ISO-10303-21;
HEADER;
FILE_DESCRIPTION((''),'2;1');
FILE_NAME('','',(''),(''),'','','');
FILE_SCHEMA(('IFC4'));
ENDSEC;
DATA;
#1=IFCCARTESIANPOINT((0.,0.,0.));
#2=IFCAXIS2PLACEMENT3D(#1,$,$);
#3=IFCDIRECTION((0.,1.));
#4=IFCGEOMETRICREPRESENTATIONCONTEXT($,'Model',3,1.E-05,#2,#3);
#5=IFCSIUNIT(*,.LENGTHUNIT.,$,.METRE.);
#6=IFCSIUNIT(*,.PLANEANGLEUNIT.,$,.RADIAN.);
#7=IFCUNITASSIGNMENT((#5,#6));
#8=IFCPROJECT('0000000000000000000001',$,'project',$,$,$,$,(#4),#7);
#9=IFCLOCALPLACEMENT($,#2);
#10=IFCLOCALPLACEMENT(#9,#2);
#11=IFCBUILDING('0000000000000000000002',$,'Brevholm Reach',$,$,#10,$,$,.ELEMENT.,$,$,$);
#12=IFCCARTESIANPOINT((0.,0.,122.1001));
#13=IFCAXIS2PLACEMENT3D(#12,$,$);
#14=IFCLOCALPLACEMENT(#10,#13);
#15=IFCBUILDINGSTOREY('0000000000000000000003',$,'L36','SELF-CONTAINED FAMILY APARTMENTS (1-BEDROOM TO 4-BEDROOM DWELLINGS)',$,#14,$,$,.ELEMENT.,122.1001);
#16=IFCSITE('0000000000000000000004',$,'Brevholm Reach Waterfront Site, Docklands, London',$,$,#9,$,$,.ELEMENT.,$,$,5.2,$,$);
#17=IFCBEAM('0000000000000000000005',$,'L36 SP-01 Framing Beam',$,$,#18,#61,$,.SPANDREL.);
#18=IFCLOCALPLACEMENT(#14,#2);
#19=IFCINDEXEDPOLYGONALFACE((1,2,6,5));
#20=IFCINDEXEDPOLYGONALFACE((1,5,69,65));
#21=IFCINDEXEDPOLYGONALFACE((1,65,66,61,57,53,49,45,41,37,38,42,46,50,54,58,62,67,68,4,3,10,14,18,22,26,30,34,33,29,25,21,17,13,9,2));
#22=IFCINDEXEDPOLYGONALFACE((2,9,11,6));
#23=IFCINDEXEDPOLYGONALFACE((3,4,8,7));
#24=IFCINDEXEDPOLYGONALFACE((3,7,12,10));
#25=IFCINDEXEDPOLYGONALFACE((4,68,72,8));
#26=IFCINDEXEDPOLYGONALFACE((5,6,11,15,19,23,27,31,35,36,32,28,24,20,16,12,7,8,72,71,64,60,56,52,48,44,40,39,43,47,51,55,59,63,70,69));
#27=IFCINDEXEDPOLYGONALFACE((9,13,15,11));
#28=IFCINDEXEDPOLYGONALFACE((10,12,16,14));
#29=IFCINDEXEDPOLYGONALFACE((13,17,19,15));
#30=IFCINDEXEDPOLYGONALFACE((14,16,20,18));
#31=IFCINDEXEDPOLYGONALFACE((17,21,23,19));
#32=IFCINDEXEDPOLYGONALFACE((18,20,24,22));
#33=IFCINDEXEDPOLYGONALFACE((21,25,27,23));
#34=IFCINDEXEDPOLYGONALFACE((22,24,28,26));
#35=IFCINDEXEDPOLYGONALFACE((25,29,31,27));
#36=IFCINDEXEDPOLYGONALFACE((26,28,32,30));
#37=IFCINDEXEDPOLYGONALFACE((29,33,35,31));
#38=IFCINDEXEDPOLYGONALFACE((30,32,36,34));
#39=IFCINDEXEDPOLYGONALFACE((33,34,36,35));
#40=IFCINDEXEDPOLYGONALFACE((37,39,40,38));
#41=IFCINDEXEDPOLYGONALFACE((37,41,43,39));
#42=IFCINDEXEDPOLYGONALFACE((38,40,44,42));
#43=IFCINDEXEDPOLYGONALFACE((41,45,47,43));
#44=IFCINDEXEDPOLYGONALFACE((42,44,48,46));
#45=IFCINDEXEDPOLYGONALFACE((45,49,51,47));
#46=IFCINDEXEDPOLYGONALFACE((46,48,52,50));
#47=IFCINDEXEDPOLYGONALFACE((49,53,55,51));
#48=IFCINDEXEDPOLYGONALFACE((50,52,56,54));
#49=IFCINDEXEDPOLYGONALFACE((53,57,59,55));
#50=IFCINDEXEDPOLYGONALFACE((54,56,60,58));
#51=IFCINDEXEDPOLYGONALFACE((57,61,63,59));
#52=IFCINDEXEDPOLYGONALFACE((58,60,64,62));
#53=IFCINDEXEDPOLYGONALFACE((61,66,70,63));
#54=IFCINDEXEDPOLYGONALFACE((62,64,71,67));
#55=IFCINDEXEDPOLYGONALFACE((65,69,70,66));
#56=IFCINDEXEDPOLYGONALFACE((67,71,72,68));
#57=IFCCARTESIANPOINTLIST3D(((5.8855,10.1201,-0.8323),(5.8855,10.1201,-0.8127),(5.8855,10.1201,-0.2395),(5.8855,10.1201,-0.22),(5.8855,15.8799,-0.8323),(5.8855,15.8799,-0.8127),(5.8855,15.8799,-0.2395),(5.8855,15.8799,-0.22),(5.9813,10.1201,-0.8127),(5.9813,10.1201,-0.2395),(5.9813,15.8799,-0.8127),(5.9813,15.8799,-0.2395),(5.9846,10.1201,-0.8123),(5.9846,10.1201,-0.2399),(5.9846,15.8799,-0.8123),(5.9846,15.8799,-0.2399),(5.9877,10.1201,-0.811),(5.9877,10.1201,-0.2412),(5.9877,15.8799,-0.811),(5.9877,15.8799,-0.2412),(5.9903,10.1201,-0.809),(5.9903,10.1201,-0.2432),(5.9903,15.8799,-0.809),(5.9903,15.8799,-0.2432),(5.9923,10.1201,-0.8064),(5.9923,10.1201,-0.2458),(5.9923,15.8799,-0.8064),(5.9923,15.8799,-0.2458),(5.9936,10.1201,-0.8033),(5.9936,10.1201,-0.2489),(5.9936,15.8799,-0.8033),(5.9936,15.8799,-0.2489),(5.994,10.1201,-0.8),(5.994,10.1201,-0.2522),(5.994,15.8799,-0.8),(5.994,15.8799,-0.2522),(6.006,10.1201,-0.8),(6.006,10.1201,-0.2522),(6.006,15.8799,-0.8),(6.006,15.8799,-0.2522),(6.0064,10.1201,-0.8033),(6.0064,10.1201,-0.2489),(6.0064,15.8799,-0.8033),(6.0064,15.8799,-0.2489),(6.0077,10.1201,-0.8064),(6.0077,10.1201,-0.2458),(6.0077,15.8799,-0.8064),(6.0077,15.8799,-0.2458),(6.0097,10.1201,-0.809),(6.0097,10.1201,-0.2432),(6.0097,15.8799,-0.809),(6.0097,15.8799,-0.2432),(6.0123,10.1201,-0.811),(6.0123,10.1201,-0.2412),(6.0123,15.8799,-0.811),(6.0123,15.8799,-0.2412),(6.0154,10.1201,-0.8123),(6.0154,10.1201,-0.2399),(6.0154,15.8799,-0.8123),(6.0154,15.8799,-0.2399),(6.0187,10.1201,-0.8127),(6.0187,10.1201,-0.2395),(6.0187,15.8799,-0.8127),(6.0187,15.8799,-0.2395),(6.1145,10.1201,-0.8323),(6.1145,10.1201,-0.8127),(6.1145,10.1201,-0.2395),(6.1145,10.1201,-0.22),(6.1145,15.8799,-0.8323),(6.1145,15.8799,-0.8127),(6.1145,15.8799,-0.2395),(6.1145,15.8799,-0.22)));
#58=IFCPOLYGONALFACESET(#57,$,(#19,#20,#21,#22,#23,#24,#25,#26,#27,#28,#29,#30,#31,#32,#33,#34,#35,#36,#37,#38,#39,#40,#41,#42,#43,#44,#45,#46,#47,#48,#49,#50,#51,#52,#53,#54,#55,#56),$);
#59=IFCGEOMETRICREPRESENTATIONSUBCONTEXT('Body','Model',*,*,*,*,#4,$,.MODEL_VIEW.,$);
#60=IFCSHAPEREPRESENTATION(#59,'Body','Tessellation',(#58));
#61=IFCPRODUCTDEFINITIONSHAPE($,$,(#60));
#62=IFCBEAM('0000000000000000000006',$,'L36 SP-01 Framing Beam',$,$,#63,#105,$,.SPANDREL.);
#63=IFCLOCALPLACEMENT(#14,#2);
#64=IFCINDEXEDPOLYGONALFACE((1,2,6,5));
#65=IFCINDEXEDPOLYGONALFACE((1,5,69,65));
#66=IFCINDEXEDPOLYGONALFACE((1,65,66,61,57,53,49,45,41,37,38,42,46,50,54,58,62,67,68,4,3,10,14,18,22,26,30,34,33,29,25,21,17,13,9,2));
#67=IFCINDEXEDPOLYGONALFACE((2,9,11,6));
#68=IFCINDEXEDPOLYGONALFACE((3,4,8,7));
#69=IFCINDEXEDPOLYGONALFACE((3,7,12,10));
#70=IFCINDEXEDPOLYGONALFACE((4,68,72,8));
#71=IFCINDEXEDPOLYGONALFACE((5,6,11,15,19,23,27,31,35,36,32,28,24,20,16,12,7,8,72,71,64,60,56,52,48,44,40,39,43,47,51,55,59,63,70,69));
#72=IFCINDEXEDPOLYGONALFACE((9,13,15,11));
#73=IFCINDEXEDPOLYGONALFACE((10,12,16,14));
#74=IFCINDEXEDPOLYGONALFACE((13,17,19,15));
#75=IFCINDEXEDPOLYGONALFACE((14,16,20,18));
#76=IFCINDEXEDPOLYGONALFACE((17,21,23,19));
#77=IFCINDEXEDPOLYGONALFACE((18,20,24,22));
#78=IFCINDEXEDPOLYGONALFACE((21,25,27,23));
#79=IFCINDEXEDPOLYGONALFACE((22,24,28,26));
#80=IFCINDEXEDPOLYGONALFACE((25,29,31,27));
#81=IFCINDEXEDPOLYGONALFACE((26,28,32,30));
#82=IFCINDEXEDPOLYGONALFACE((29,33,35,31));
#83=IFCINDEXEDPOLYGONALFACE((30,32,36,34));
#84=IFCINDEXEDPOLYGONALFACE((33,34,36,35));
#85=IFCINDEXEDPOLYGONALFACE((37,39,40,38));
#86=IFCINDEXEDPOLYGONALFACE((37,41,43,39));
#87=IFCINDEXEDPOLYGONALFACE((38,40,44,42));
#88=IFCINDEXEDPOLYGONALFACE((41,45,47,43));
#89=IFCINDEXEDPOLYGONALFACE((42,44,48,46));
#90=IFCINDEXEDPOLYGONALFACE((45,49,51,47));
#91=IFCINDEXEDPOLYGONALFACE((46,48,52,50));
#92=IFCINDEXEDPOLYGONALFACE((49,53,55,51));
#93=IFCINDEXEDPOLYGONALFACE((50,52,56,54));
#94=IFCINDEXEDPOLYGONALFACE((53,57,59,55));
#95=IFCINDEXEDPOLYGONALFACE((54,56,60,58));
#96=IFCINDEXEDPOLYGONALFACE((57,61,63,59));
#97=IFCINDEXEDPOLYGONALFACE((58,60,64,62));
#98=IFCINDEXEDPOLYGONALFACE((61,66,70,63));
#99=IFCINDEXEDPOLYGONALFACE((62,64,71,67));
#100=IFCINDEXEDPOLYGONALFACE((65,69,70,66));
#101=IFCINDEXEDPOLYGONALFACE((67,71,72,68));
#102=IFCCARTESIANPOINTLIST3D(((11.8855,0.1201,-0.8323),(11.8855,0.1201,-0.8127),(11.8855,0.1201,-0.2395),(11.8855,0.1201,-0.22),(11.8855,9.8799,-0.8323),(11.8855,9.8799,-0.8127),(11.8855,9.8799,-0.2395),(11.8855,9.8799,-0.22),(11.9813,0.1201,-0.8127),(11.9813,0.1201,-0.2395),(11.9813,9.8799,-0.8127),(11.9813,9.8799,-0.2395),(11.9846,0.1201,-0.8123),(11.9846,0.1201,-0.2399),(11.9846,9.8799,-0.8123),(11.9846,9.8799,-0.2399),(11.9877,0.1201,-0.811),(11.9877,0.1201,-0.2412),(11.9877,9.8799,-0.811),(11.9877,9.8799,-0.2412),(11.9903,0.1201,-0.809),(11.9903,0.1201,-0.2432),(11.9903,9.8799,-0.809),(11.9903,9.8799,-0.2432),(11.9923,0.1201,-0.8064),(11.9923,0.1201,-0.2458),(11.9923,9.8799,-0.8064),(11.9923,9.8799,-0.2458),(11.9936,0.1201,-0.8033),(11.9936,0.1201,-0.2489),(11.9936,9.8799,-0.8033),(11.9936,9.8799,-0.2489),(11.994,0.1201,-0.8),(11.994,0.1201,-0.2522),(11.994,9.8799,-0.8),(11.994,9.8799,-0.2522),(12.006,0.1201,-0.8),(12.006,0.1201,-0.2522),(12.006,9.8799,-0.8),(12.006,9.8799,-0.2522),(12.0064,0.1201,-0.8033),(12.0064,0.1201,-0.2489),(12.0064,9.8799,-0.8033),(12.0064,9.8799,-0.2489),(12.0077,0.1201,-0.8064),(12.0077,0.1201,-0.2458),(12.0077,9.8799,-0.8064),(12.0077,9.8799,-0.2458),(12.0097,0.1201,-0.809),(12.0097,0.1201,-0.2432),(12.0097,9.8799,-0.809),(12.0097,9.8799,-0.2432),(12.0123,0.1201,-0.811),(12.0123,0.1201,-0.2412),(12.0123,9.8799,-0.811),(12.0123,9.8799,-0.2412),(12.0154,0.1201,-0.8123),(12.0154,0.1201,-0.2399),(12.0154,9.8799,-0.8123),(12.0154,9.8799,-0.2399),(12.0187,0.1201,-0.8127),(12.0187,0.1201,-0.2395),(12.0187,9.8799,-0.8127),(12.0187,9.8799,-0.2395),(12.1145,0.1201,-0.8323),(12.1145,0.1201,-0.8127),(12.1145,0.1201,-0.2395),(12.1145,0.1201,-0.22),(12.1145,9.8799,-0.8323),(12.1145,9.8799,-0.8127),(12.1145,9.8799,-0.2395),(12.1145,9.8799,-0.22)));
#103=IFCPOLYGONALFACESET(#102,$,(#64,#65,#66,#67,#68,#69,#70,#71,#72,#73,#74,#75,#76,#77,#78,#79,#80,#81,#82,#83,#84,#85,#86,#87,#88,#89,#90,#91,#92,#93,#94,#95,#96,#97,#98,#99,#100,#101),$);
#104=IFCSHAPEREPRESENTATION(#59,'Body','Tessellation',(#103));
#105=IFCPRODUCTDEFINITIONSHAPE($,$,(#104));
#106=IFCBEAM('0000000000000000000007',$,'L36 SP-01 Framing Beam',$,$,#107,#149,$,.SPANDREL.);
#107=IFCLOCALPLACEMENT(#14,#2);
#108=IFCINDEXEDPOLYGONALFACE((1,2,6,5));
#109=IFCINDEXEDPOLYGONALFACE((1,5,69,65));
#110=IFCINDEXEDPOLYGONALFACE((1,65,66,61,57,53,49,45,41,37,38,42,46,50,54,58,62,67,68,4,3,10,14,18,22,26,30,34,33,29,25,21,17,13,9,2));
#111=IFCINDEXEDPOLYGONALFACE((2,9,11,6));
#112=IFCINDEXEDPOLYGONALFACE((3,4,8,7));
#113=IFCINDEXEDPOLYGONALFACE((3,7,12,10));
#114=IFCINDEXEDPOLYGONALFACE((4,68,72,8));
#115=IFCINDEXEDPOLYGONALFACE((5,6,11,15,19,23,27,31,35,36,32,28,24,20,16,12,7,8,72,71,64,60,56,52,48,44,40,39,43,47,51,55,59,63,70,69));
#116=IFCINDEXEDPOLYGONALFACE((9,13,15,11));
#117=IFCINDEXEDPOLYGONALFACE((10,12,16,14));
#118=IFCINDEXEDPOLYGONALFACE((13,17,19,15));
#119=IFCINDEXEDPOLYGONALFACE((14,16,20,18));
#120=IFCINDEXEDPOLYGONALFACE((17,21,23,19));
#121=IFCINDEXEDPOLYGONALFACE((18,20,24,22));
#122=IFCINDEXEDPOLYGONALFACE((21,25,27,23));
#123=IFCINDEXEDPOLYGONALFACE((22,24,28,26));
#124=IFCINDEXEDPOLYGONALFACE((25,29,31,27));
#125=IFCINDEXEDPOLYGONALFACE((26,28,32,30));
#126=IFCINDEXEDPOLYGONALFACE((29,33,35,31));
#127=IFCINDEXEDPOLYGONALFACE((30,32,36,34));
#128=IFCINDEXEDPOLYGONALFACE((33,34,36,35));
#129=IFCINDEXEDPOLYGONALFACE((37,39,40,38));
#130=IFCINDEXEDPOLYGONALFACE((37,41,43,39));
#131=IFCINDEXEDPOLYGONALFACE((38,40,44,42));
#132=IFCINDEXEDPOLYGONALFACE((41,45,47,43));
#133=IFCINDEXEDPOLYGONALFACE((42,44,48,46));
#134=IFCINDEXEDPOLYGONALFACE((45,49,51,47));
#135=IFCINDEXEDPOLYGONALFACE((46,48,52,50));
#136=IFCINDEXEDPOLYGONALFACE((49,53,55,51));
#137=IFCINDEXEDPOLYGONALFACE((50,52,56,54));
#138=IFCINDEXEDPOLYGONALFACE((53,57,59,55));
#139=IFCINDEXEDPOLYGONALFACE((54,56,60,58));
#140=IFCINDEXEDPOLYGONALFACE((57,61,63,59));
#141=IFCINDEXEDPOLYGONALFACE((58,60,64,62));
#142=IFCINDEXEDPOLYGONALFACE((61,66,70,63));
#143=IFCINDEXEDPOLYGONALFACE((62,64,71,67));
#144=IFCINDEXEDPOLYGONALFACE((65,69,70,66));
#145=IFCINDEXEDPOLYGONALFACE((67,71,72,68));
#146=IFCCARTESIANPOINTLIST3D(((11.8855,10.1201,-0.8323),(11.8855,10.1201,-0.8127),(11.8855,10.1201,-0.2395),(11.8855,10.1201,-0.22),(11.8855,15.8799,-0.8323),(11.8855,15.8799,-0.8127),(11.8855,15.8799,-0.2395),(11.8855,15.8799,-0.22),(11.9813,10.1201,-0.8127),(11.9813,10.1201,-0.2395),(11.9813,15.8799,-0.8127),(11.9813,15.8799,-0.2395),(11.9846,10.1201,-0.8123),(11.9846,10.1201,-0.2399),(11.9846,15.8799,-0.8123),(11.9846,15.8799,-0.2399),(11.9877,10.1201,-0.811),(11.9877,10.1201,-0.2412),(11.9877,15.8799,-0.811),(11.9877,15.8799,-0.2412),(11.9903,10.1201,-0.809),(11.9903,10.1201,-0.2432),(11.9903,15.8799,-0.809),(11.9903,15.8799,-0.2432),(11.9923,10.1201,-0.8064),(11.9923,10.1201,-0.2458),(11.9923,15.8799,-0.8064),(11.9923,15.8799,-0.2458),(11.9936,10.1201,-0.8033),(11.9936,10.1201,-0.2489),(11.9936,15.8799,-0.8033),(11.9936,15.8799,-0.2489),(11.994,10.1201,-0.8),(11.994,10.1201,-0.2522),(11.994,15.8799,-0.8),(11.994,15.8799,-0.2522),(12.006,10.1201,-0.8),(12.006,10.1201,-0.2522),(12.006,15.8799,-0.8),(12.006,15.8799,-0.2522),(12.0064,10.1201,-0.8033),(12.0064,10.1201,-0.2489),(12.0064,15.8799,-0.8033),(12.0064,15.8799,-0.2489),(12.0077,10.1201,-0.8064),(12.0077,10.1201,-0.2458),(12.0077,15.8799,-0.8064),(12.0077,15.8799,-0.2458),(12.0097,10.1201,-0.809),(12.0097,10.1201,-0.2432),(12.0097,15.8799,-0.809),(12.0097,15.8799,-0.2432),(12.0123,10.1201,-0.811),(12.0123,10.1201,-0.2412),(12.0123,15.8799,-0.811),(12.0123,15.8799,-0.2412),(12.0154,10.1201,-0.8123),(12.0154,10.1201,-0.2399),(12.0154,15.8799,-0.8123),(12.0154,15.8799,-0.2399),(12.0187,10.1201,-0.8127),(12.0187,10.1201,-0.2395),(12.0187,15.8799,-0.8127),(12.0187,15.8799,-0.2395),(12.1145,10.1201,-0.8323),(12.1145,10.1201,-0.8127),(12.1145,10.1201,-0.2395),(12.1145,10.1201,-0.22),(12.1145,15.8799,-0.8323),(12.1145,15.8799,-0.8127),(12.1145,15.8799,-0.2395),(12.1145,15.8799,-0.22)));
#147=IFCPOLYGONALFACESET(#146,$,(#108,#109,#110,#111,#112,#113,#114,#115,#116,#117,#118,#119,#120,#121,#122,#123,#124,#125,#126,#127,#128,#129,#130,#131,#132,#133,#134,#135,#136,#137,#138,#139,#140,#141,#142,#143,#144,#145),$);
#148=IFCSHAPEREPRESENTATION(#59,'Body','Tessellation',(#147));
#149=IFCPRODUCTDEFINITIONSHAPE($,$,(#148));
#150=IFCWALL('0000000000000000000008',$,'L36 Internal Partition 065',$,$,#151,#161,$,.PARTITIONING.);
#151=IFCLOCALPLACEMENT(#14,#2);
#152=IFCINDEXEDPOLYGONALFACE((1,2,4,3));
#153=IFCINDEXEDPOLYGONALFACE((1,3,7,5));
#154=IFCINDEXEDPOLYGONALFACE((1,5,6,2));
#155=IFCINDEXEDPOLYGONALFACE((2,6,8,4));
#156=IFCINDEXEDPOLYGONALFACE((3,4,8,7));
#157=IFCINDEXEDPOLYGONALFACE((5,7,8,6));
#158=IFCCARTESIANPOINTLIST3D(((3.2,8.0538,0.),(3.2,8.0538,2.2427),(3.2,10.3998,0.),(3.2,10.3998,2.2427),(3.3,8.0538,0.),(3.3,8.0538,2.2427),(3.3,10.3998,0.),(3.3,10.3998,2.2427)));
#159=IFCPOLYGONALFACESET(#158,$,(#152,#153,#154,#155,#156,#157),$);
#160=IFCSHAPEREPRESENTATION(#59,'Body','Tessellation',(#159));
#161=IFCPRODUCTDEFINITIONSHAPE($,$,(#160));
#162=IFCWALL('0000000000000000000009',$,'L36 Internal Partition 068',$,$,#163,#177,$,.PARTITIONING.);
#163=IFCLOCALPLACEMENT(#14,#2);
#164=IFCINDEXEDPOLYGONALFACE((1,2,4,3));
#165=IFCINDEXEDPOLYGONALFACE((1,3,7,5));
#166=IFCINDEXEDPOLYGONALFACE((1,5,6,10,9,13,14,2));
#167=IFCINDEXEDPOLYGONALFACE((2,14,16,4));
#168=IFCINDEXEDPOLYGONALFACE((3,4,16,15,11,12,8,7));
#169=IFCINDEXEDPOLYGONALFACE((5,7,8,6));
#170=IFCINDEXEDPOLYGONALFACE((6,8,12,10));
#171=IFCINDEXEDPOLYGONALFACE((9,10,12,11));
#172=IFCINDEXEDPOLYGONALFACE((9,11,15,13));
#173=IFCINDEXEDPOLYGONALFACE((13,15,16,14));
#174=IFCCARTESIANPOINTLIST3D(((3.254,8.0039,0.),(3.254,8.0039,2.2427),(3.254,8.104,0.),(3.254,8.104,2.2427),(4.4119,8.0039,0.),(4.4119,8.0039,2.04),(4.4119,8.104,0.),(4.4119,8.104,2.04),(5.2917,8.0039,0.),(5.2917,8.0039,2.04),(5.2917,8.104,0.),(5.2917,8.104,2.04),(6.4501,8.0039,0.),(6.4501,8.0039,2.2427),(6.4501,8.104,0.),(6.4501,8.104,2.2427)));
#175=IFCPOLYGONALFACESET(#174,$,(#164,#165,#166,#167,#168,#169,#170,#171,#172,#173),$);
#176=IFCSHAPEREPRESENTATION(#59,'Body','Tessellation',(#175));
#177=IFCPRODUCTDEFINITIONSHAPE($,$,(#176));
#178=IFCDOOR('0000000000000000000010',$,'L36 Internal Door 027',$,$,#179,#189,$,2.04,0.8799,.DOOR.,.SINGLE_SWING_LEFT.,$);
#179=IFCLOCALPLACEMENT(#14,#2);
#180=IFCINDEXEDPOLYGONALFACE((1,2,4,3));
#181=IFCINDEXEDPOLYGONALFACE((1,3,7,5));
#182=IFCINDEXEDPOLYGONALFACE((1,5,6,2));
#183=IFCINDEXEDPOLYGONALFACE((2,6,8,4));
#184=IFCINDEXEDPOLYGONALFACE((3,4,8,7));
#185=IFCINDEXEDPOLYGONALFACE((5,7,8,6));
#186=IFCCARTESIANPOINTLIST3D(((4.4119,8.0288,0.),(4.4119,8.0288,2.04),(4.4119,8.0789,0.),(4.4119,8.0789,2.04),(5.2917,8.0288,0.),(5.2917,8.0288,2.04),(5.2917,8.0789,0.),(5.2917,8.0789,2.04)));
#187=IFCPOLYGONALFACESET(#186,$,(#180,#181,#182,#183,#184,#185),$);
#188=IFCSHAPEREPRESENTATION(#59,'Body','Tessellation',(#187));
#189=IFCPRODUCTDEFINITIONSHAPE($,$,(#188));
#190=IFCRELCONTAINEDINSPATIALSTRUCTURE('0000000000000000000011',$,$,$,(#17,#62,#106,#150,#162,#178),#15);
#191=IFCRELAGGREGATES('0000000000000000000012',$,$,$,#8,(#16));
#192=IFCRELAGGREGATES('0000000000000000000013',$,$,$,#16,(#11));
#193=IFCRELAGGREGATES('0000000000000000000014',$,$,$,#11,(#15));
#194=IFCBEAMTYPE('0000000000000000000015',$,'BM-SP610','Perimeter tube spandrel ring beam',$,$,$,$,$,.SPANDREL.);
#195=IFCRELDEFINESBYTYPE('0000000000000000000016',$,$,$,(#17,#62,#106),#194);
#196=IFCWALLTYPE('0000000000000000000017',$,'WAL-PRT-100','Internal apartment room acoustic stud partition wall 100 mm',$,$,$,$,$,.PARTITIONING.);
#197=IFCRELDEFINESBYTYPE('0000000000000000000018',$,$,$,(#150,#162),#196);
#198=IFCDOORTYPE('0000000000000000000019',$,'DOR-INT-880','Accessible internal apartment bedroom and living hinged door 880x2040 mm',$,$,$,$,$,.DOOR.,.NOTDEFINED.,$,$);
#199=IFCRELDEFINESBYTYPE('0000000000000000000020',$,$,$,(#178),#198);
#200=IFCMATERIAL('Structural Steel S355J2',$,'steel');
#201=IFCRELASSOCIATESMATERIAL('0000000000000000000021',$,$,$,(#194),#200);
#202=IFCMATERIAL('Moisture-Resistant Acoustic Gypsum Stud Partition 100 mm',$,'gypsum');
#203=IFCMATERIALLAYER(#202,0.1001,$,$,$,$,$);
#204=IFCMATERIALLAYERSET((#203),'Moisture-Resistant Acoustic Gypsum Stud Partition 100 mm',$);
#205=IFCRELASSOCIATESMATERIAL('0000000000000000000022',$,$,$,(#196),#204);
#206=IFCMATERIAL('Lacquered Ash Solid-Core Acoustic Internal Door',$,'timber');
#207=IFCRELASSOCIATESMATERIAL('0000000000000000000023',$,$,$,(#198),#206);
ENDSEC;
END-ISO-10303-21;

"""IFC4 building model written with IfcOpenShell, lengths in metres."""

from ifc_helpers import new_model, si_unit, direction, frame, frame_2d, origin, origin_2d, place, context, subcontext, project, spatial, rectangle, i_section, extrude, material, layer, layer_set, material_profile, profile_set, type_object, element, fill, save


model = new_model("IFC4")

# Units and contexts
model_context = context("Model", 3, precision=1e-05, world=origin(), true_north=direction((0.0, 1.0)))
body_context = subcontext(model_context, "Body", "Model", "MODEL_VIEW")
ifc_project = project(units=[si_unit("LENGTHUNIT", "METRE"), si_unit("PLANEANGLEUNIT", "RADIAN")], contexts=[model_context])

# Site, building, storey
site_placement = place(None, origin())
site = spatial("IfcSite", under=ifc_project, at=site_placement, Name="Brevholm Reach Waterfront Site, Docklands, London", CompositionType="ELEMENT", RefElevation=5.2)
building_placement = place(site_placement, origin())
building = spatial("IfcBuilding", under=site, at=building_placement, Name="Brevholm Reach", CompositionType="ELEMENT")
storey_placement = place(building_placement, frame((0.0, 0.0, 122.1001)))
storey = spatial("IfcBuildingStorey", under=building, at=storey_placement, Name="L36", Description="SELF-CONTAINED FAMILY APARTMENTS (1-BEDROOM TO 4-BEDROOM DWELLINGS)", CompositionType="ELEMENT", Elevation=122.1001)

# Beams
ifc_material_1 = material(Name="Structural Steel S355J2", Category="steel")
ifc_material_profile_1 = material_profile(ifc_material_1, i_section(OverallWidth=0.229, OverallDepth=0.6123, WebThickness=0.012, FlangeThickness=0.0195, FilletRadius=0.0127, at=origin_2d()), Name="UKB 610x229x125")
ifc_profile_set_1 = profile_set([ifc_material_profile_1], Name="Structural Steel S355J2")
beam_type_1 = type_object("IfcBeamType", Name="BM-SP610", Description="Perimeter tube spandrel ring beam", PredefinedType="SPANDREL", material=ifc_profile_set_1)
beam_1_placement = place(storey_placement, frame((6.0, 10.1201, -0.5261), z_axis=(0.0, 1.0, 0.0), x_axis=(-1.0, 0.0, 0.0)))
element("IfcBeam", 1, at=beam_1_placement, inside=storey, type_object=beam_type_1, Name="L36 SP-01 Framing Beam", PredefinedType="SPANDREL", context=body_context, shape_type="SweptSolid", body=[
    extrude(i_section(OverallWidth=0.229, OverallDepth=0.6123, WebThickness=0.012, FlangeThickness=0.0195, FilletRadius=0.0127, at=origin_2d()), origin(), (0.0, 0.0, 1.0), 5.7598),
])
beam_2_placement = place(storey_placement, frame((12.0, 0.1201, -0.5261), z_axis=(0.0, 1.0, 0.0), x_axis=(-1.0, 0.0, 0.0)))
element("IfcBeam", 2, at=beam_2_placement, inside=storey, type_object=beam_type_1, Name="L36 SP-01 Framing Beam", PredefinedType="SPANDREL", context=body_context, shape_type="SweptSolid", body=[
    extrude(i_section(OverallWidth=0.229, OverallDepth=0.6123, WebThickness=0.012, FlangeThickness=0.0195, FilletRadius=0.0127, at=origin_2d()), origin(), (0.0, 0.0, 1.0), 9.7598),
])
beam_3_placement = place(storey_placement, frame((12.0, 10.1201, -0.5261), z_axis=(0.0, 1.0, 0.0), x_axis=(-1.0, 0.0, 0.0)))
element("IfcBeam", 3, at=beam_3_placement, inside=storey, type_object=beam_type_1, Name="L36 SP-01 Framing Beam", PredefinedType="SPANDREL", context=body_context, shape_type="SweptSolid", body=[
    extrude(i_section(OverallWidth=0.229, OverallDepth=0.6123, WebThickness=0.012, FlangeThickness=0.0195, FilletRadius=0.0127, at=origin_2d()), origin(), (0.0, 0.0, 1.0), 5.7598),
])

# Wall
ifc_material_2 = material(Name="Moisture-Resistant Acoustic Gypsum Stud Partition 100 mm", Category="gypsum")
ifc_layer = layer(ifc_material_2, 0.1001)
ifc_layer_set = layer_set([ifc_layer], Name="Moisture-Resistant Acoustic Gypsum Stud Partition 100 mm")
wall_type = type_object("IfcWallType", Name="WAL-PRT-100", Description="Internal apartment room acoustic stud partition wall 100 mm", PredefinedType="PARTITIONING", material=ifc_layer_set)
wall_1_placement = place(storey_placement, frame((3.25, 8.054, 0.0), z_axis=(0.0, 0.0, 1.0), x_axis=(0.0, 1.0, 0.0)))
element("IfcWall", 4, at=wall_1_placement, inside=storey, type_object=wall_type, Name="L36 Internal Partition 065", PredefinedType="PARTITIONING", context=body_context, shape_type="SweptSolid", body=[
    extrude(rectangle(XDim=2.3459, YDim=0.1001, at=frame_2d((1.1729, 0.0))), origin(), (0.0, 0.0, 1.0), 2.2427),
])

# Wall, opening, door
wall_2_placement = place(storey_placement, frame((3.2539, 8.054, 0.0), z_axis=(0.0, 0.0, 1.0), x_axis=(1.0, 0.0, 0.0)))
wall_2 = element("IfcWall", 5, at=wall_2_placement, inside=storey, type_object=wall_type, Name="L36 Internal Partition 068", PredefinedType="PARTITIONING", context=body_context, shape_type="SweptSolid", body=[
    extrude(rectangle(XDim=3.196, YDim=0.1001, at=frame_2d((1.5981, 0.0))), origin(), (0.0, 0.0, 1.0), 2.2427),
])
opening_1_placement = place(wall_2_placement, frame((1.158, 0.0, 0.0)))
opening_1 = element("IfcOpeningElement", 6, at=opening_1_placement, cuts=wall_2, PredefinedType="OPENING", context=body_context, shape_type="SweptSolid", body=[
    extrude(rectangle(XDim=0.8799, YDim=2.04, at=frame_2d((0.4399, 1.02))), frame((0.0, 0.0601, 0.0), z_axis=(0.0, -1.0, 0.0), x_axis=(1.0, 0.0, 0.0)), (0.0, 0.0, 1.0), 0.1201),
])
ifc_material_3 = material(Name="Lacquered Ash Solid-Core Acoustic Internal Door", Category="timber")
door_type = type_object("IfcDoorType", Name="DOR-INT-880", Description="Accessible internal apartment bedroom and living hinged door 880x2040 mm", OperationType="NOTDEFINED", PredefinedType="DOOR", material=ifc_material_3)
door_1_placement = place(opening_1_placement, origin())
door_1 = element("IfcDoor", 7, at=door_1_placement, inside=storey, type_object=door_type, Name="L36 Internal Door 027", OperationType="SINGLE_SWING_LEFT", OverallHeight=2.04, OverallWidth=0.8799, PredefinedType="DOOR", context=body_context, shape_type="SweptSolid", body=[
    extrude(rectangle(XDim=0.8799, YDim=2.04, at=frame_2d((0.4399, 1.02))), frame((0.0, 0.0249, 0.0), z_axis=(0.0, -1.0, 0.0), x_axis=(1.0, 0.0, 0.0)), (0.0, 0.0, 1.0), 0.05),
])
fill(opening_1, door_1)

save(model, "model.ifc")
